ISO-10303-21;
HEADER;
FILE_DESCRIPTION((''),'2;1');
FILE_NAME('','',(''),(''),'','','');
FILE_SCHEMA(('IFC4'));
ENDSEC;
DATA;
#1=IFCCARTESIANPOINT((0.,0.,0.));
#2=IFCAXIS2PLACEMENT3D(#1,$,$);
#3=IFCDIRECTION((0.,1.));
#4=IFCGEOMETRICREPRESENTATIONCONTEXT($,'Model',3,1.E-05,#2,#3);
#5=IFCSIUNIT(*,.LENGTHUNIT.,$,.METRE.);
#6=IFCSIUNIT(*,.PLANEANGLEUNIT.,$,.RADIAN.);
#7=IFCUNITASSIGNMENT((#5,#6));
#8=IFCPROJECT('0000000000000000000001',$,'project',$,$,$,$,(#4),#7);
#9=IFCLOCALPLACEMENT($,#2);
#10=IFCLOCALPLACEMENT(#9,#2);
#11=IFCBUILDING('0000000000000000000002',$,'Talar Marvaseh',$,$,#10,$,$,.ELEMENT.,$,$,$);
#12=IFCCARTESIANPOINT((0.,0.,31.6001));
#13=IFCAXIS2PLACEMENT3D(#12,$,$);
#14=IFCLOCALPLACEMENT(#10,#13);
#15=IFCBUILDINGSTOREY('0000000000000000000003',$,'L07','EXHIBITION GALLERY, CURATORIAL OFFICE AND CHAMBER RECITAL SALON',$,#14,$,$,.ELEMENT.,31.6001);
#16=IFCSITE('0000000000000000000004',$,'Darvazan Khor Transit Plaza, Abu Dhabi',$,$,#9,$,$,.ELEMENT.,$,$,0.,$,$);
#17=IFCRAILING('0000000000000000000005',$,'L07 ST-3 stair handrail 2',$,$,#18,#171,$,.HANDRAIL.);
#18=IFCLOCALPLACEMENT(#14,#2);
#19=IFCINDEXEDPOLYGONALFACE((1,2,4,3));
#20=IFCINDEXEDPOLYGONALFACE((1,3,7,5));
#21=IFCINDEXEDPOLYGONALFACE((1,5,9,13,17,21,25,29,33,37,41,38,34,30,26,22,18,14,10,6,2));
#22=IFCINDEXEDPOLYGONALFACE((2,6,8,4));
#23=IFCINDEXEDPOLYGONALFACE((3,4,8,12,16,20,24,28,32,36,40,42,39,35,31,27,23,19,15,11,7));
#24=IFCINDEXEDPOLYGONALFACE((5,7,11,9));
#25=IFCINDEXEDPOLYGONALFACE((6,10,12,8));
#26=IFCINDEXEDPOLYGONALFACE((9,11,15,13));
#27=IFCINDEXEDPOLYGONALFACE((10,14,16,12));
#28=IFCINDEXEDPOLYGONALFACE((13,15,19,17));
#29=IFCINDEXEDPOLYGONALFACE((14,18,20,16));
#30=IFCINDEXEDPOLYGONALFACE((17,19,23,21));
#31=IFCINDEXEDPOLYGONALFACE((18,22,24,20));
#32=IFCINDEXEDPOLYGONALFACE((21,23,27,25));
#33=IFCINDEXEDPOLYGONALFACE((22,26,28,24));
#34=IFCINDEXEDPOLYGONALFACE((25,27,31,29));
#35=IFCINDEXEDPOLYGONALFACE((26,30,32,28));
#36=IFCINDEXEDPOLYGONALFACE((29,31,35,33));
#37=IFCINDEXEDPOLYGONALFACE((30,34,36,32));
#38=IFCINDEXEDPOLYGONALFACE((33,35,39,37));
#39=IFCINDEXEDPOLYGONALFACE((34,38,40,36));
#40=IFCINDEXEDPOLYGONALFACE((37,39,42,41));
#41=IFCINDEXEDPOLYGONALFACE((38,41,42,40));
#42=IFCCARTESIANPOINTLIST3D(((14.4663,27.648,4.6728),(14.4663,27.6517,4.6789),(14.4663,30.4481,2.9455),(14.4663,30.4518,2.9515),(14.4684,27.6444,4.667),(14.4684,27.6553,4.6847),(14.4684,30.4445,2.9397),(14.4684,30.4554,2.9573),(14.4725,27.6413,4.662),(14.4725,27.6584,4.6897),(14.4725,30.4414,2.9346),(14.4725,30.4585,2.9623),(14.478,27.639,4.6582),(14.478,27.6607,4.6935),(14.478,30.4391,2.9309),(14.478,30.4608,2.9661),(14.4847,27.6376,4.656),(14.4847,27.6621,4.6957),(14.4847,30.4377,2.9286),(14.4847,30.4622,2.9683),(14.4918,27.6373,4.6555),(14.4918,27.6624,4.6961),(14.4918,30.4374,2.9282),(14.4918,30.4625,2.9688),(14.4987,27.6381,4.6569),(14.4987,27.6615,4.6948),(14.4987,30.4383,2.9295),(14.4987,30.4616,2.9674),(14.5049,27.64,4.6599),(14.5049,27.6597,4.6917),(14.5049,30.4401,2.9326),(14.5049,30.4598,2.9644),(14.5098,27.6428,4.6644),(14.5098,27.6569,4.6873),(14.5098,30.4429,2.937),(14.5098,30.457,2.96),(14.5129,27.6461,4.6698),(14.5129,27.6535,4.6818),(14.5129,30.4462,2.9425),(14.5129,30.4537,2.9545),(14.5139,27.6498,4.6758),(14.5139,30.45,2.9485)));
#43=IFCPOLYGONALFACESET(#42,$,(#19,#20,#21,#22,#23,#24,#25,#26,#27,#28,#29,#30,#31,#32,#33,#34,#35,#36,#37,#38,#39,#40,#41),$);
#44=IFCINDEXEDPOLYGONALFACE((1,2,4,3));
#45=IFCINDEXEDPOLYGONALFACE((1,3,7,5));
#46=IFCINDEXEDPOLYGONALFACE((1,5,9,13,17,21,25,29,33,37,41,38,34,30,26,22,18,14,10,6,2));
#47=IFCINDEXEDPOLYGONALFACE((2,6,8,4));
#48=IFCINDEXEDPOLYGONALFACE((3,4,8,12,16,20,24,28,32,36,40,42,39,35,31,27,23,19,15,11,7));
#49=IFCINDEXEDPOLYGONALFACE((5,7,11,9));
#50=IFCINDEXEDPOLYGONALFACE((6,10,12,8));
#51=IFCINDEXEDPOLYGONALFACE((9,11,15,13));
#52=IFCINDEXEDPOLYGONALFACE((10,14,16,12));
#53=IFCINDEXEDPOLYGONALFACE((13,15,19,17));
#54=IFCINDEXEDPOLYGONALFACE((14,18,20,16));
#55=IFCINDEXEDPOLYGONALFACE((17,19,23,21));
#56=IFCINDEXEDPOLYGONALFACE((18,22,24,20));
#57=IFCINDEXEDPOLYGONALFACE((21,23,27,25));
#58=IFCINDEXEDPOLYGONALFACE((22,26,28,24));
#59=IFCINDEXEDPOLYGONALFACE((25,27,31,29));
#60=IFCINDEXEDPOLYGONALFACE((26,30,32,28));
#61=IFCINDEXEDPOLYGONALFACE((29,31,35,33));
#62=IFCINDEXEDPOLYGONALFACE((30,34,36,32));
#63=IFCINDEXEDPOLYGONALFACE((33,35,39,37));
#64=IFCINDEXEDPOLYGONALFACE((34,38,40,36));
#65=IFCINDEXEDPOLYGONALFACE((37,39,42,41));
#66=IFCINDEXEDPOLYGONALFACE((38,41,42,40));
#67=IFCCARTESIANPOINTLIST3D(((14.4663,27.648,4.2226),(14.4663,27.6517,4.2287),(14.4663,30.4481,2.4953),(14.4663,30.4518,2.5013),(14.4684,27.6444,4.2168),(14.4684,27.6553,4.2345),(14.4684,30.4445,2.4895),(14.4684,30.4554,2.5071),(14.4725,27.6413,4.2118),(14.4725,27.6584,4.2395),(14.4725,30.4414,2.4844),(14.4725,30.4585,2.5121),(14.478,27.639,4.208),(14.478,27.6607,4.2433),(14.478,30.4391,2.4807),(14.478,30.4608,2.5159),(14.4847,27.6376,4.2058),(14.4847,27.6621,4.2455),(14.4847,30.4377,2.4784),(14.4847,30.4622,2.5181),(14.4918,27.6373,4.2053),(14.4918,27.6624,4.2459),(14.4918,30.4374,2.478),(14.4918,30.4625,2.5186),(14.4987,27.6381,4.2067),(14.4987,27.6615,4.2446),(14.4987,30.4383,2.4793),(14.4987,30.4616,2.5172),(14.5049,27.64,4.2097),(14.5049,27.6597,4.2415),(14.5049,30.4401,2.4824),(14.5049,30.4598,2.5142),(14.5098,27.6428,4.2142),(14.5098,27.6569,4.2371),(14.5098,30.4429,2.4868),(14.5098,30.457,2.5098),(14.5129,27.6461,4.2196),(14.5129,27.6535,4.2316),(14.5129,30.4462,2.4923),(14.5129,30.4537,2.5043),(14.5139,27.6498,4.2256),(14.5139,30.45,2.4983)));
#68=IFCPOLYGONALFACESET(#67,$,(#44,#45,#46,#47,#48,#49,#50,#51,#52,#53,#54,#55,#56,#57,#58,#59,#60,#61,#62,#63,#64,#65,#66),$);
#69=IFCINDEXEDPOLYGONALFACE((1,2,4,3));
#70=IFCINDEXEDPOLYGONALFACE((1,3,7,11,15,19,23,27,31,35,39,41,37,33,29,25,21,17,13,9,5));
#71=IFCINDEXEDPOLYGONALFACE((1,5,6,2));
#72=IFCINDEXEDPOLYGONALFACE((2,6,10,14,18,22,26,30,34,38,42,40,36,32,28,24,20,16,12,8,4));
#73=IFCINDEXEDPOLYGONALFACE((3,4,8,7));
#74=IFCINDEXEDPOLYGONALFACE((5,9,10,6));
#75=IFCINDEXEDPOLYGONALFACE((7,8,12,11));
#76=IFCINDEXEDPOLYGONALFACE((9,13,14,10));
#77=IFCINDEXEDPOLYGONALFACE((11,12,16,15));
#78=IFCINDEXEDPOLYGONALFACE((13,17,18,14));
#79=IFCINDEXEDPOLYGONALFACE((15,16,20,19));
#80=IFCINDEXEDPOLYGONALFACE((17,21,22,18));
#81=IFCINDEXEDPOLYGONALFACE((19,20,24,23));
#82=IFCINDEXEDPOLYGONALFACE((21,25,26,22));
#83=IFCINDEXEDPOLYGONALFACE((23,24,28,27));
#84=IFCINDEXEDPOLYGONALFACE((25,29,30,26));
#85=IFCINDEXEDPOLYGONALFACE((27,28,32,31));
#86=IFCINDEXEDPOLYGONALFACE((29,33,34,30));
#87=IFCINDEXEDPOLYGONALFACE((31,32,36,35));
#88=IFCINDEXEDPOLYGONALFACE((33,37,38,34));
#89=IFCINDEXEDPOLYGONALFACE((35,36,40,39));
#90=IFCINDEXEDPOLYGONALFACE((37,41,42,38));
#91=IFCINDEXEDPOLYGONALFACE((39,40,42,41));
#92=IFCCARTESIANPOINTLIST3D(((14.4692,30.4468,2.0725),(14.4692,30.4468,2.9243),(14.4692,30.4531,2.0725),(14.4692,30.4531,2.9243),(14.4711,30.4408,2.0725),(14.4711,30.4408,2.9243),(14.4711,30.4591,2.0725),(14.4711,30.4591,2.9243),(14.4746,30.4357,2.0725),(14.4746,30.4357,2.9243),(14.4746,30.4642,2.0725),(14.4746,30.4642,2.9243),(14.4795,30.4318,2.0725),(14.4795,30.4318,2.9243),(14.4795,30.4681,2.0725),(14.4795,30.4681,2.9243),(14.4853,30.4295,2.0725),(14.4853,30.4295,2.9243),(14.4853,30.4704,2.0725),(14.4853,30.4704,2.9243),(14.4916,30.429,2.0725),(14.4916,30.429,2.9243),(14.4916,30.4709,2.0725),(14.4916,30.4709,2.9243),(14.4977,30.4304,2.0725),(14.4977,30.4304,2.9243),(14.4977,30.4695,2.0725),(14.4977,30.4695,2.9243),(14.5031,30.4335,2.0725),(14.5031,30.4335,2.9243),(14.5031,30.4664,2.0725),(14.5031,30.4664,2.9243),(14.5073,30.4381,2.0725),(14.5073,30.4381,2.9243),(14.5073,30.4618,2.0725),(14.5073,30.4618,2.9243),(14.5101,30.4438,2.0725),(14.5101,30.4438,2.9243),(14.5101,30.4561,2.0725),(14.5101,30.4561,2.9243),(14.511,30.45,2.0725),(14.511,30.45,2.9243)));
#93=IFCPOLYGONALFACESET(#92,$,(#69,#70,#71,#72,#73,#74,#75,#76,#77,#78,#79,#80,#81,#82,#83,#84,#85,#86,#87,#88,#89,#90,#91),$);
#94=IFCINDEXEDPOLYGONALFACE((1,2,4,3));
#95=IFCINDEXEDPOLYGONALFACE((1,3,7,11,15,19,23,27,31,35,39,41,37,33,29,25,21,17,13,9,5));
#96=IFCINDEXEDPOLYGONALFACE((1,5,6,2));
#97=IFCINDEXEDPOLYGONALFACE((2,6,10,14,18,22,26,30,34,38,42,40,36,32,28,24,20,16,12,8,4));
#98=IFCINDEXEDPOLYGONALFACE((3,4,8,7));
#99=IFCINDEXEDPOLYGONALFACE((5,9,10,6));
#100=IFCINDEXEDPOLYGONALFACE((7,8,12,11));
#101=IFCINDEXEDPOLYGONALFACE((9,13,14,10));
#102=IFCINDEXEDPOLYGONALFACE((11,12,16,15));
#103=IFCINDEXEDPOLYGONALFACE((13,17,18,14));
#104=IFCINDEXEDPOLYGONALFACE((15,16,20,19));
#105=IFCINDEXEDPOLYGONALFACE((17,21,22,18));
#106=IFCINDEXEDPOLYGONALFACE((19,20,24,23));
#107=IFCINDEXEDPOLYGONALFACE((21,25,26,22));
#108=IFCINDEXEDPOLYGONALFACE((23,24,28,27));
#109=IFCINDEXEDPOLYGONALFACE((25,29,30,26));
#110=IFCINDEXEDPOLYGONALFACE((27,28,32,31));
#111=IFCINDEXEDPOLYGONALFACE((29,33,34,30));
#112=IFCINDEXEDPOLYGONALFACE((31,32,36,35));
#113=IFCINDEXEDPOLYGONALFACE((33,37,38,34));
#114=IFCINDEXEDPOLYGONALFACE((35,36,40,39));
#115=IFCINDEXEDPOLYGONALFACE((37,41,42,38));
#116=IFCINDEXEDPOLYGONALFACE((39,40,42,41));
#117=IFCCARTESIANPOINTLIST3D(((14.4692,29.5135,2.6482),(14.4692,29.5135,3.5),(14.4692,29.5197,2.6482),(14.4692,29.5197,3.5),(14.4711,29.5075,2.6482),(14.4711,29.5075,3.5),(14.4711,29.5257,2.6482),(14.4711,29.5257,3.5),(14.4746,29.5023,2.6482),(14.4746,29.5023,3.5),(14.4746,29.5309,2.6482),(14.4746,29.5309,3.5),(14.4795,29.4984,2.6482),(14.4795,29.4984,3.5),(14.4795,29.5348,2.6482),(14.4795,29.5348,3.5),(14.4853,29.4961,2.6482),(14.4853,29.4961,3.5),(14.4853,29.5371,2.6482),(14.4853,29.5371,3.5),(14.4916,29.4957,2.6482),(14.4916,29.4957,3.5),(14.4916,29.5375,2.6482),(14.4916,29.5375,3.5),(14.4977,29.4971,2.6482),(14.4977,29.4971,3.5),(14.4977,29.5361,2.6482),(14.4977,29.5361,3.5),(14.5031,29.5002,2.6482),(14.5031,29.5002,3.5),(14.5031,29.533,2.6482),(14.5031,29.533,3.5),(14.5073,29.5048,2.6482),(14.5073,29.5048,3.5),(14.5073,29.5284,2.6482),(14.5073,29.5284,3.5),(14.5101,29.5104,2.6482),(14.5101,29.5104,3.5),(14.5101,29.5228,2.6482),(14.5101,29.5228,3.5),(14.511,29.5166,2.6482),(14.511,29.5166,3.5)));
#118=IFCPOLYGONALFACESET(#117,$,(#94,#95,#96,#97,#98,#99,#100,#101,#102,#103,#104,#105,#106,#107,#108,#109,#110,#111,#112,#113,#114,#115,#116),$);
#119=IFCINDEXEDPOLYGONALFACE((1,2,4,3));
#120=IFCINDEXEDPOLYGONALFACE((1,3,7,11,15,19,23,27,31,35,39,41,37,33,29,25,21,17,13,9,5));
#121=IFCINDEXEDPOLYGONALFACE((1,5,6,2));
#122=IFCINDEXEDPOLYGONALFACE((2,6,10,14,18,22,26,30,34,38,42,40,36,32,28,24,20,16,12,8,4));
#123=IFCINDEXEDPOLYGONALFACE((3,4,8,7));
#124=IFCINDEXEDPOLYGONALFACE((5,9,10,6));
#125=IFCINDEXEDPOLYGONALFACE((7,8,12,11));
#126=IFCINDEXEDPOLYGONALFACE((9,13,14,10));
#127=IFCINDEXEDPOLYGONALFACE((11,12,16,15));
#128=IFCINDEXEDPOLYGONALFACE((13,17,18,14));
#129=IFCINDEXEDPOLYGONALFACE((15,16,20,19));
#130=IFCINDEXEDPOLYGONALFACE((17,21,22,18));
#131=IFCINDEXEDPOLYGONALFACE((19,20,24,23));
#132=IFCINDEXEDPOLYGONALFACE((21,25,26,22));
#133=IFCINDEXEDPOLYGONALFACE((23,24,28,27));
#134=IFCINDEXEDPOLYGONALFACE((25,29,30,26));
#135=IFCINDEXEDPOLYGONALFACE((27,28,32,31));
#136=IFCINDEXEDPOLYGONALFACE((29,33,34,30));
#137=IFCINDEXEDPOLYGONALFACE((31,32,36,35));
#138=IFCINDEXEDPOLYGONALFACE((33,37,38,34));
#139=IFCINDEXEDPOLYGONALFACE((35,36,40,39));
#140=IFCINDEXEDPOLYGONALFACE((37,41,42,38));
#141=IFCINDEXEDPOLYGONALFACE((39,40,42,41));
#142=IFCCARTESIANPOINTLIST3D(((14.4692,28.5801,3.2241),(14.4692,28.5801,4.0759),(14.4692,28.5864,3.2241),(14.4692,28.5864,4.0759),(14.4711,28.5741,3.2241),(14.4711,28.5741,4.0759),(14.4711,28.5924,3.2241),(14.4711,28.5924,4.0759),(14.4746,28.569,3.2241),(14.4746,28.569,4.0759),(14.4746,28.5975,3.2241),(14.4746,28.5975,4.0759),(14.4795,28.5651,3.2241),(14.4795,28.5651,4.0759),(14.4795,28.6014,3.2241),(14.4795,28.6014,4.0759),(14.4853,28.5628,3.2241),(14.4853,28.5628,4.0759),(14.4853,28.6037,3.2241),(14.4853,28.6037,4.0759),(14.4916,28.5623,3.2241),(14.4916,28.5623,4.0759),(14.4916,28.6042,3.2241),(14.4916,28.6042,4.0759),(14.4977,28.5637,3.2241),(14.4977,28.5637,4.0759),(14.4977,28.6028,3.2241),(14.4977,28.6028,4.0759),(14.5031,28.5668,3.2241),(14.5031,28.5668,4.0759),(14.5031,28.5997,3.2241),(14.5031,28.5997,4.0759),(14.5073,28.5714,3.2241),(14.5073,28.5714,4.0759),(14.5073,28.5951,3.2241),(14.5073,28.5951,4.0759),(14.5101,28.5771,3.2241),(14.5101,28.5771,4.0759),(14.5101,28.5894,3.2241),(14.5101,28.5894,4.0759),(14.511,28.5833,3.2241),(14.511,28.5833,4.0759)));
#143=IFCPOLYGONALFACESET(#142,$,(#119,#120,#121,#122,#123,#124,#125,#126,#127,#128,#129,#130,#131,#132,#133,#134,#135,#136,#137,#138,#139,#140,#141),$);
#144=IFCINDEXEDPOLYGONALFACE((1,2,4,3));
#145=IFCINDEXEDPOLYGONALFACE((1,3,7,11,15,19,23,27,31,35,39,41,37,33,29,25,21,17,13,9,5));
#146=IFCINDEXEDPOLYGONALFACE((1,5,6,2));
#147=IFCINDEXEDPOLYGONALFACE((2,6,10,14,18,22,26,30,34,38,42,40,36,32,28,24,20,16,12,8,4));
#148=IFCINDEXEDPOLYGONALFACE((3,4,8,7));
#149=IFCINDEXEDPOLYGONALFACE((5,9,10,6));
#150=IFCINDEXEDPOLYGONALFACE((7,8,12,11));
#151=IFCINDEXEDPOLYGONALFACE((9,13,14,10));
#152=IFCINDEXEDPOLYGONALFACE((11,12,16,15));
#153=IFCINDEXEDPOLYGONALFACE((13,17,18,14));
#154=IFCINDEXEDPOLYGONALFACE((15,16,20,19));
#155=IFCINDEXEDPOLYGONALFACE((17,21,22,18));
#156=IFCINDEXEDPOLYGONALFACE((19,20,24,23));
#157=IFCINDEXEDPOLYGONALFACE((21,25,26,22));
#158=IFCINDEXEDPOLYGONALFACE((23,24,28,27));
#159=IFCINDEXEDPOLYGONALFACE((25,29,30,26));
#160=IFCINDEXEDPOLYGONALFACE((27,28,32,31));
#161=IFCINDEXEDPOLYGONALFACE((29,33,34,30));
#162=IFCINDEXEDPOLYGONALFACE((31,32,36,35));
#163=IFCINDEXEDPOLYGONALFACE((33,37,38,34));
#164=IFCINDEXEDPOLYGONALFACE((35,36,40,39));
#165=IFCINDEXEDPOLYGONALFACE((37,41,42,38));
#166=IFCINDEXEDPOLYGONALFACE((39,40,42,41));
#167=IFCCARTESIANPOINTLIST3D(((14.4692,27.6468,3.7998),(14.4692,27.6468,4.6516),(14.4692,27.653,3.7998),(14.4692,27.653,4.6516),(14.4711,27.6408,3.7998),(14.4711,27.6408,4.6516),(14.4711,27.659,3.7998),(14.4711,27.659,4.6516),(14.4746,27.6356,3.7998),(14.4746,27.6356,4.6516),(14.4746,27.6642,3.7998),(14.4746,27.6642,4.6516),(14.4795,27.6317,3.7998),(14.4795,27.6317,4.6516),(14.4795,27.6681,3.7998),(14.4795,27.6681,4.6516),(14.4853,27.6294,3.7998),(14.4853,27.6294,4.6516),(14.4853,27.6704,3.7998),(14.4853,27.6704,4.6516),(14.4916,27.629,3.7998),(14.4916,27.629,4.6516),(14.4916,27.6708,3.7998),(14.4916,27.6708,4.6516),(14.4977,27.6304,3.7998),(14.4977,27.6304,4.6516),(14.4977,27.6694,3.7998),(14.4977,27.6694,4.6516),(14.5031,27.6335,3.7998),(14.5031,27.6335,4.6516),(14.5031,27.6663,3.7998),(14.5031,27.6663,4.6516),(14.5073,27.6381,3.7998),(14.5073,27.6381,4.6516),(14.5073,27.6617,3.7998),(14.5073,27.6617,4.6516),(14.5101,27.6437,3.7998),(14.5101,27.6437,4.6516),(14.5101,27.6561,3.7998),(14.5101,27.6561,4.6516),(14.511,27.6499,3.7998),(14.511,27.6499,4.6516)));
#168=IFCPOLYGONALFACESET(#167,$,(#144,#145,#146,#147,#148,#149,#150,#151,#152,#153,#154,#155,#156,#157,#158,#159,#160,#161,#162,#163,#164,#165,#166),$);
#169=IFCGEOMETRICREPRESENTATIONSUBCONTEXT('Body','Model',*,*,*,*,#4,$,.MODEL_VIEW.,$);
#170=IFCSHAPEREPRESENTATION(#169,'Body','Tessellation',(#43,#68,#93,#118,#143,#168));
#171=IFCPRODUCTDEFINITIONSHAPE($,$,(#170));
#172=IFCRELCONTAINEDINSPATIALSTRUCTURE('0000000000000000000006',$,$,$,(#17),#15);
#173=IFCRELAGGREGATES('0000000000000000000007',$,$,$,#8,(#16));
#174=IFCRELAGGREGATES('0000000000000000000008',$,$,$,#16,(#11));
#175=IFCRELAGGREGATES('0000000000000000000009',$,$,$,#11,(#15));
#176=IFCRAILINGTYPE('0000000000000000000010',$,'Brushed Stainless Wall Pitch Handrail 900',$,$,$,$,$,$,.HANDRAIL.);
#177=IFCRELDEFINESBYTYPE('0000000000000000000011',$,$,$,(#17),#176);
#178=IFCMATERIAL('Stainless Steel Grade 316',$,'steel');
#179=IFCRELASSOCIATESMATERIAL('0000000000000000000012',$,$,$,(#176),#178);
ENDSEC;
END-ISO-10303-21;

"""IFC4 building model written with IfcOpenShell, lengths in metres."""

from ifc_helpers import new_model, si_unit, direction, frame, origin, origin_2d, place, context, subcontext, project, spatial, circle, extrude, material, type_object, element, save


model = new_model("IFC4")

# Units and contexts
model_context = context("Model", 3, precision=1e-05, world=origin(), true_north=direction((0.0, 1.0)))
body_context = subcontext(model_context, "Body", "Model", "MODEL_VIEW")
ifc_project = project(units=[si_unit("LENGTHUNIT", "METRE"), si_unit("PLANEANGLEUNIT", "RADIAN")], contexts=[model_context])

# Site, building, storey
site_placement = place(None, origin())
site = spatial("IfcSite", under=ifc_project, at=site_placement, Name="Darvazan Khor Transit Plaza, Abu Dhabi", CompositionType="ELEMENT", RefElevation=0.0)
building_placement = place(site_placement, origin())
building = spatial("IfcBuilding", under=site, at=building_placement, Name="Talar Marvaseh", CompositionType="ELEMENT")
storey_placement = place(building_placement, frame((0.0, 0.0, 31.6001)))
storey = spatial("IfcBuildingStorey", under=building, at=storey_placement, Name="L07", Description="EXHIBITION GALLERY, CURATORIAL OFFICE AND CHAMBER RECITAL SALON", CompositionType="ELEMENT", Elevation=31.6001)

# Railing
ifc_material_1 = material(Name="Stainless Steel Grade 316", Category="steel")
railing_type_1 = type_object("IfcRailingType", Name="Brushed Stainless Wall Pitch Handrail 900", PredefinedType="HANDRAIL", material=ifc_material_1)
railing_1_placement = place(storey_placement, frame((14.49, 30.45, 2.0725)))
element("IfcRailing", 1, at=railing_1_placement, inside=storey, type_object=railing_type_1, Name="L07 ST-3 stair handrail 2", PredefinedType="HANDRAIL", context=body_context, shape_type="SweptSolid", body=[
    extrude(circle(Radius=0.0239, at=origin_2d()), frame((0.0, 0.0, 0.876), z_axis=(0.0, -0.85109, 0.52502), x_axis=(1.0, 0.0, 0.0)), (0.0, 0.0, 1.0), 3.29),
    extrude(circle(Radius=0.0239, at=origin_2d()), frame((0.0, 0.0, 0.4258), z_axis=(0.0, -0.85109, 0.52502), x_axis=(1.0, 0.0, 0.0)), (0.0, 0.0, 1.0), 3.29),
    extrude(circle(Radius=0.021, at=origin_2d()), origin(), (0.0, 0.0, 1.0), 0.8518),
    extrude(circle(Radius=0.021, at=origin_2d()), frame((0.0, -0.9333, 0.5757)), (0.0, 0.0, 1.0), 0.8518),
    extrude(circle(Radius=0.021, at=origin_2d()), frame((0.0, -1.8667, 1.1516)), (0.0, 0.0, 1.0), 0.8518),
    extrude(circle(Radius=0.021, at=origin_2d()), frame((0.0, -2.8, 1.7273)), (0.0, 0.0, 1.0), 0.8518),
])

save(model, "model.ifc")
